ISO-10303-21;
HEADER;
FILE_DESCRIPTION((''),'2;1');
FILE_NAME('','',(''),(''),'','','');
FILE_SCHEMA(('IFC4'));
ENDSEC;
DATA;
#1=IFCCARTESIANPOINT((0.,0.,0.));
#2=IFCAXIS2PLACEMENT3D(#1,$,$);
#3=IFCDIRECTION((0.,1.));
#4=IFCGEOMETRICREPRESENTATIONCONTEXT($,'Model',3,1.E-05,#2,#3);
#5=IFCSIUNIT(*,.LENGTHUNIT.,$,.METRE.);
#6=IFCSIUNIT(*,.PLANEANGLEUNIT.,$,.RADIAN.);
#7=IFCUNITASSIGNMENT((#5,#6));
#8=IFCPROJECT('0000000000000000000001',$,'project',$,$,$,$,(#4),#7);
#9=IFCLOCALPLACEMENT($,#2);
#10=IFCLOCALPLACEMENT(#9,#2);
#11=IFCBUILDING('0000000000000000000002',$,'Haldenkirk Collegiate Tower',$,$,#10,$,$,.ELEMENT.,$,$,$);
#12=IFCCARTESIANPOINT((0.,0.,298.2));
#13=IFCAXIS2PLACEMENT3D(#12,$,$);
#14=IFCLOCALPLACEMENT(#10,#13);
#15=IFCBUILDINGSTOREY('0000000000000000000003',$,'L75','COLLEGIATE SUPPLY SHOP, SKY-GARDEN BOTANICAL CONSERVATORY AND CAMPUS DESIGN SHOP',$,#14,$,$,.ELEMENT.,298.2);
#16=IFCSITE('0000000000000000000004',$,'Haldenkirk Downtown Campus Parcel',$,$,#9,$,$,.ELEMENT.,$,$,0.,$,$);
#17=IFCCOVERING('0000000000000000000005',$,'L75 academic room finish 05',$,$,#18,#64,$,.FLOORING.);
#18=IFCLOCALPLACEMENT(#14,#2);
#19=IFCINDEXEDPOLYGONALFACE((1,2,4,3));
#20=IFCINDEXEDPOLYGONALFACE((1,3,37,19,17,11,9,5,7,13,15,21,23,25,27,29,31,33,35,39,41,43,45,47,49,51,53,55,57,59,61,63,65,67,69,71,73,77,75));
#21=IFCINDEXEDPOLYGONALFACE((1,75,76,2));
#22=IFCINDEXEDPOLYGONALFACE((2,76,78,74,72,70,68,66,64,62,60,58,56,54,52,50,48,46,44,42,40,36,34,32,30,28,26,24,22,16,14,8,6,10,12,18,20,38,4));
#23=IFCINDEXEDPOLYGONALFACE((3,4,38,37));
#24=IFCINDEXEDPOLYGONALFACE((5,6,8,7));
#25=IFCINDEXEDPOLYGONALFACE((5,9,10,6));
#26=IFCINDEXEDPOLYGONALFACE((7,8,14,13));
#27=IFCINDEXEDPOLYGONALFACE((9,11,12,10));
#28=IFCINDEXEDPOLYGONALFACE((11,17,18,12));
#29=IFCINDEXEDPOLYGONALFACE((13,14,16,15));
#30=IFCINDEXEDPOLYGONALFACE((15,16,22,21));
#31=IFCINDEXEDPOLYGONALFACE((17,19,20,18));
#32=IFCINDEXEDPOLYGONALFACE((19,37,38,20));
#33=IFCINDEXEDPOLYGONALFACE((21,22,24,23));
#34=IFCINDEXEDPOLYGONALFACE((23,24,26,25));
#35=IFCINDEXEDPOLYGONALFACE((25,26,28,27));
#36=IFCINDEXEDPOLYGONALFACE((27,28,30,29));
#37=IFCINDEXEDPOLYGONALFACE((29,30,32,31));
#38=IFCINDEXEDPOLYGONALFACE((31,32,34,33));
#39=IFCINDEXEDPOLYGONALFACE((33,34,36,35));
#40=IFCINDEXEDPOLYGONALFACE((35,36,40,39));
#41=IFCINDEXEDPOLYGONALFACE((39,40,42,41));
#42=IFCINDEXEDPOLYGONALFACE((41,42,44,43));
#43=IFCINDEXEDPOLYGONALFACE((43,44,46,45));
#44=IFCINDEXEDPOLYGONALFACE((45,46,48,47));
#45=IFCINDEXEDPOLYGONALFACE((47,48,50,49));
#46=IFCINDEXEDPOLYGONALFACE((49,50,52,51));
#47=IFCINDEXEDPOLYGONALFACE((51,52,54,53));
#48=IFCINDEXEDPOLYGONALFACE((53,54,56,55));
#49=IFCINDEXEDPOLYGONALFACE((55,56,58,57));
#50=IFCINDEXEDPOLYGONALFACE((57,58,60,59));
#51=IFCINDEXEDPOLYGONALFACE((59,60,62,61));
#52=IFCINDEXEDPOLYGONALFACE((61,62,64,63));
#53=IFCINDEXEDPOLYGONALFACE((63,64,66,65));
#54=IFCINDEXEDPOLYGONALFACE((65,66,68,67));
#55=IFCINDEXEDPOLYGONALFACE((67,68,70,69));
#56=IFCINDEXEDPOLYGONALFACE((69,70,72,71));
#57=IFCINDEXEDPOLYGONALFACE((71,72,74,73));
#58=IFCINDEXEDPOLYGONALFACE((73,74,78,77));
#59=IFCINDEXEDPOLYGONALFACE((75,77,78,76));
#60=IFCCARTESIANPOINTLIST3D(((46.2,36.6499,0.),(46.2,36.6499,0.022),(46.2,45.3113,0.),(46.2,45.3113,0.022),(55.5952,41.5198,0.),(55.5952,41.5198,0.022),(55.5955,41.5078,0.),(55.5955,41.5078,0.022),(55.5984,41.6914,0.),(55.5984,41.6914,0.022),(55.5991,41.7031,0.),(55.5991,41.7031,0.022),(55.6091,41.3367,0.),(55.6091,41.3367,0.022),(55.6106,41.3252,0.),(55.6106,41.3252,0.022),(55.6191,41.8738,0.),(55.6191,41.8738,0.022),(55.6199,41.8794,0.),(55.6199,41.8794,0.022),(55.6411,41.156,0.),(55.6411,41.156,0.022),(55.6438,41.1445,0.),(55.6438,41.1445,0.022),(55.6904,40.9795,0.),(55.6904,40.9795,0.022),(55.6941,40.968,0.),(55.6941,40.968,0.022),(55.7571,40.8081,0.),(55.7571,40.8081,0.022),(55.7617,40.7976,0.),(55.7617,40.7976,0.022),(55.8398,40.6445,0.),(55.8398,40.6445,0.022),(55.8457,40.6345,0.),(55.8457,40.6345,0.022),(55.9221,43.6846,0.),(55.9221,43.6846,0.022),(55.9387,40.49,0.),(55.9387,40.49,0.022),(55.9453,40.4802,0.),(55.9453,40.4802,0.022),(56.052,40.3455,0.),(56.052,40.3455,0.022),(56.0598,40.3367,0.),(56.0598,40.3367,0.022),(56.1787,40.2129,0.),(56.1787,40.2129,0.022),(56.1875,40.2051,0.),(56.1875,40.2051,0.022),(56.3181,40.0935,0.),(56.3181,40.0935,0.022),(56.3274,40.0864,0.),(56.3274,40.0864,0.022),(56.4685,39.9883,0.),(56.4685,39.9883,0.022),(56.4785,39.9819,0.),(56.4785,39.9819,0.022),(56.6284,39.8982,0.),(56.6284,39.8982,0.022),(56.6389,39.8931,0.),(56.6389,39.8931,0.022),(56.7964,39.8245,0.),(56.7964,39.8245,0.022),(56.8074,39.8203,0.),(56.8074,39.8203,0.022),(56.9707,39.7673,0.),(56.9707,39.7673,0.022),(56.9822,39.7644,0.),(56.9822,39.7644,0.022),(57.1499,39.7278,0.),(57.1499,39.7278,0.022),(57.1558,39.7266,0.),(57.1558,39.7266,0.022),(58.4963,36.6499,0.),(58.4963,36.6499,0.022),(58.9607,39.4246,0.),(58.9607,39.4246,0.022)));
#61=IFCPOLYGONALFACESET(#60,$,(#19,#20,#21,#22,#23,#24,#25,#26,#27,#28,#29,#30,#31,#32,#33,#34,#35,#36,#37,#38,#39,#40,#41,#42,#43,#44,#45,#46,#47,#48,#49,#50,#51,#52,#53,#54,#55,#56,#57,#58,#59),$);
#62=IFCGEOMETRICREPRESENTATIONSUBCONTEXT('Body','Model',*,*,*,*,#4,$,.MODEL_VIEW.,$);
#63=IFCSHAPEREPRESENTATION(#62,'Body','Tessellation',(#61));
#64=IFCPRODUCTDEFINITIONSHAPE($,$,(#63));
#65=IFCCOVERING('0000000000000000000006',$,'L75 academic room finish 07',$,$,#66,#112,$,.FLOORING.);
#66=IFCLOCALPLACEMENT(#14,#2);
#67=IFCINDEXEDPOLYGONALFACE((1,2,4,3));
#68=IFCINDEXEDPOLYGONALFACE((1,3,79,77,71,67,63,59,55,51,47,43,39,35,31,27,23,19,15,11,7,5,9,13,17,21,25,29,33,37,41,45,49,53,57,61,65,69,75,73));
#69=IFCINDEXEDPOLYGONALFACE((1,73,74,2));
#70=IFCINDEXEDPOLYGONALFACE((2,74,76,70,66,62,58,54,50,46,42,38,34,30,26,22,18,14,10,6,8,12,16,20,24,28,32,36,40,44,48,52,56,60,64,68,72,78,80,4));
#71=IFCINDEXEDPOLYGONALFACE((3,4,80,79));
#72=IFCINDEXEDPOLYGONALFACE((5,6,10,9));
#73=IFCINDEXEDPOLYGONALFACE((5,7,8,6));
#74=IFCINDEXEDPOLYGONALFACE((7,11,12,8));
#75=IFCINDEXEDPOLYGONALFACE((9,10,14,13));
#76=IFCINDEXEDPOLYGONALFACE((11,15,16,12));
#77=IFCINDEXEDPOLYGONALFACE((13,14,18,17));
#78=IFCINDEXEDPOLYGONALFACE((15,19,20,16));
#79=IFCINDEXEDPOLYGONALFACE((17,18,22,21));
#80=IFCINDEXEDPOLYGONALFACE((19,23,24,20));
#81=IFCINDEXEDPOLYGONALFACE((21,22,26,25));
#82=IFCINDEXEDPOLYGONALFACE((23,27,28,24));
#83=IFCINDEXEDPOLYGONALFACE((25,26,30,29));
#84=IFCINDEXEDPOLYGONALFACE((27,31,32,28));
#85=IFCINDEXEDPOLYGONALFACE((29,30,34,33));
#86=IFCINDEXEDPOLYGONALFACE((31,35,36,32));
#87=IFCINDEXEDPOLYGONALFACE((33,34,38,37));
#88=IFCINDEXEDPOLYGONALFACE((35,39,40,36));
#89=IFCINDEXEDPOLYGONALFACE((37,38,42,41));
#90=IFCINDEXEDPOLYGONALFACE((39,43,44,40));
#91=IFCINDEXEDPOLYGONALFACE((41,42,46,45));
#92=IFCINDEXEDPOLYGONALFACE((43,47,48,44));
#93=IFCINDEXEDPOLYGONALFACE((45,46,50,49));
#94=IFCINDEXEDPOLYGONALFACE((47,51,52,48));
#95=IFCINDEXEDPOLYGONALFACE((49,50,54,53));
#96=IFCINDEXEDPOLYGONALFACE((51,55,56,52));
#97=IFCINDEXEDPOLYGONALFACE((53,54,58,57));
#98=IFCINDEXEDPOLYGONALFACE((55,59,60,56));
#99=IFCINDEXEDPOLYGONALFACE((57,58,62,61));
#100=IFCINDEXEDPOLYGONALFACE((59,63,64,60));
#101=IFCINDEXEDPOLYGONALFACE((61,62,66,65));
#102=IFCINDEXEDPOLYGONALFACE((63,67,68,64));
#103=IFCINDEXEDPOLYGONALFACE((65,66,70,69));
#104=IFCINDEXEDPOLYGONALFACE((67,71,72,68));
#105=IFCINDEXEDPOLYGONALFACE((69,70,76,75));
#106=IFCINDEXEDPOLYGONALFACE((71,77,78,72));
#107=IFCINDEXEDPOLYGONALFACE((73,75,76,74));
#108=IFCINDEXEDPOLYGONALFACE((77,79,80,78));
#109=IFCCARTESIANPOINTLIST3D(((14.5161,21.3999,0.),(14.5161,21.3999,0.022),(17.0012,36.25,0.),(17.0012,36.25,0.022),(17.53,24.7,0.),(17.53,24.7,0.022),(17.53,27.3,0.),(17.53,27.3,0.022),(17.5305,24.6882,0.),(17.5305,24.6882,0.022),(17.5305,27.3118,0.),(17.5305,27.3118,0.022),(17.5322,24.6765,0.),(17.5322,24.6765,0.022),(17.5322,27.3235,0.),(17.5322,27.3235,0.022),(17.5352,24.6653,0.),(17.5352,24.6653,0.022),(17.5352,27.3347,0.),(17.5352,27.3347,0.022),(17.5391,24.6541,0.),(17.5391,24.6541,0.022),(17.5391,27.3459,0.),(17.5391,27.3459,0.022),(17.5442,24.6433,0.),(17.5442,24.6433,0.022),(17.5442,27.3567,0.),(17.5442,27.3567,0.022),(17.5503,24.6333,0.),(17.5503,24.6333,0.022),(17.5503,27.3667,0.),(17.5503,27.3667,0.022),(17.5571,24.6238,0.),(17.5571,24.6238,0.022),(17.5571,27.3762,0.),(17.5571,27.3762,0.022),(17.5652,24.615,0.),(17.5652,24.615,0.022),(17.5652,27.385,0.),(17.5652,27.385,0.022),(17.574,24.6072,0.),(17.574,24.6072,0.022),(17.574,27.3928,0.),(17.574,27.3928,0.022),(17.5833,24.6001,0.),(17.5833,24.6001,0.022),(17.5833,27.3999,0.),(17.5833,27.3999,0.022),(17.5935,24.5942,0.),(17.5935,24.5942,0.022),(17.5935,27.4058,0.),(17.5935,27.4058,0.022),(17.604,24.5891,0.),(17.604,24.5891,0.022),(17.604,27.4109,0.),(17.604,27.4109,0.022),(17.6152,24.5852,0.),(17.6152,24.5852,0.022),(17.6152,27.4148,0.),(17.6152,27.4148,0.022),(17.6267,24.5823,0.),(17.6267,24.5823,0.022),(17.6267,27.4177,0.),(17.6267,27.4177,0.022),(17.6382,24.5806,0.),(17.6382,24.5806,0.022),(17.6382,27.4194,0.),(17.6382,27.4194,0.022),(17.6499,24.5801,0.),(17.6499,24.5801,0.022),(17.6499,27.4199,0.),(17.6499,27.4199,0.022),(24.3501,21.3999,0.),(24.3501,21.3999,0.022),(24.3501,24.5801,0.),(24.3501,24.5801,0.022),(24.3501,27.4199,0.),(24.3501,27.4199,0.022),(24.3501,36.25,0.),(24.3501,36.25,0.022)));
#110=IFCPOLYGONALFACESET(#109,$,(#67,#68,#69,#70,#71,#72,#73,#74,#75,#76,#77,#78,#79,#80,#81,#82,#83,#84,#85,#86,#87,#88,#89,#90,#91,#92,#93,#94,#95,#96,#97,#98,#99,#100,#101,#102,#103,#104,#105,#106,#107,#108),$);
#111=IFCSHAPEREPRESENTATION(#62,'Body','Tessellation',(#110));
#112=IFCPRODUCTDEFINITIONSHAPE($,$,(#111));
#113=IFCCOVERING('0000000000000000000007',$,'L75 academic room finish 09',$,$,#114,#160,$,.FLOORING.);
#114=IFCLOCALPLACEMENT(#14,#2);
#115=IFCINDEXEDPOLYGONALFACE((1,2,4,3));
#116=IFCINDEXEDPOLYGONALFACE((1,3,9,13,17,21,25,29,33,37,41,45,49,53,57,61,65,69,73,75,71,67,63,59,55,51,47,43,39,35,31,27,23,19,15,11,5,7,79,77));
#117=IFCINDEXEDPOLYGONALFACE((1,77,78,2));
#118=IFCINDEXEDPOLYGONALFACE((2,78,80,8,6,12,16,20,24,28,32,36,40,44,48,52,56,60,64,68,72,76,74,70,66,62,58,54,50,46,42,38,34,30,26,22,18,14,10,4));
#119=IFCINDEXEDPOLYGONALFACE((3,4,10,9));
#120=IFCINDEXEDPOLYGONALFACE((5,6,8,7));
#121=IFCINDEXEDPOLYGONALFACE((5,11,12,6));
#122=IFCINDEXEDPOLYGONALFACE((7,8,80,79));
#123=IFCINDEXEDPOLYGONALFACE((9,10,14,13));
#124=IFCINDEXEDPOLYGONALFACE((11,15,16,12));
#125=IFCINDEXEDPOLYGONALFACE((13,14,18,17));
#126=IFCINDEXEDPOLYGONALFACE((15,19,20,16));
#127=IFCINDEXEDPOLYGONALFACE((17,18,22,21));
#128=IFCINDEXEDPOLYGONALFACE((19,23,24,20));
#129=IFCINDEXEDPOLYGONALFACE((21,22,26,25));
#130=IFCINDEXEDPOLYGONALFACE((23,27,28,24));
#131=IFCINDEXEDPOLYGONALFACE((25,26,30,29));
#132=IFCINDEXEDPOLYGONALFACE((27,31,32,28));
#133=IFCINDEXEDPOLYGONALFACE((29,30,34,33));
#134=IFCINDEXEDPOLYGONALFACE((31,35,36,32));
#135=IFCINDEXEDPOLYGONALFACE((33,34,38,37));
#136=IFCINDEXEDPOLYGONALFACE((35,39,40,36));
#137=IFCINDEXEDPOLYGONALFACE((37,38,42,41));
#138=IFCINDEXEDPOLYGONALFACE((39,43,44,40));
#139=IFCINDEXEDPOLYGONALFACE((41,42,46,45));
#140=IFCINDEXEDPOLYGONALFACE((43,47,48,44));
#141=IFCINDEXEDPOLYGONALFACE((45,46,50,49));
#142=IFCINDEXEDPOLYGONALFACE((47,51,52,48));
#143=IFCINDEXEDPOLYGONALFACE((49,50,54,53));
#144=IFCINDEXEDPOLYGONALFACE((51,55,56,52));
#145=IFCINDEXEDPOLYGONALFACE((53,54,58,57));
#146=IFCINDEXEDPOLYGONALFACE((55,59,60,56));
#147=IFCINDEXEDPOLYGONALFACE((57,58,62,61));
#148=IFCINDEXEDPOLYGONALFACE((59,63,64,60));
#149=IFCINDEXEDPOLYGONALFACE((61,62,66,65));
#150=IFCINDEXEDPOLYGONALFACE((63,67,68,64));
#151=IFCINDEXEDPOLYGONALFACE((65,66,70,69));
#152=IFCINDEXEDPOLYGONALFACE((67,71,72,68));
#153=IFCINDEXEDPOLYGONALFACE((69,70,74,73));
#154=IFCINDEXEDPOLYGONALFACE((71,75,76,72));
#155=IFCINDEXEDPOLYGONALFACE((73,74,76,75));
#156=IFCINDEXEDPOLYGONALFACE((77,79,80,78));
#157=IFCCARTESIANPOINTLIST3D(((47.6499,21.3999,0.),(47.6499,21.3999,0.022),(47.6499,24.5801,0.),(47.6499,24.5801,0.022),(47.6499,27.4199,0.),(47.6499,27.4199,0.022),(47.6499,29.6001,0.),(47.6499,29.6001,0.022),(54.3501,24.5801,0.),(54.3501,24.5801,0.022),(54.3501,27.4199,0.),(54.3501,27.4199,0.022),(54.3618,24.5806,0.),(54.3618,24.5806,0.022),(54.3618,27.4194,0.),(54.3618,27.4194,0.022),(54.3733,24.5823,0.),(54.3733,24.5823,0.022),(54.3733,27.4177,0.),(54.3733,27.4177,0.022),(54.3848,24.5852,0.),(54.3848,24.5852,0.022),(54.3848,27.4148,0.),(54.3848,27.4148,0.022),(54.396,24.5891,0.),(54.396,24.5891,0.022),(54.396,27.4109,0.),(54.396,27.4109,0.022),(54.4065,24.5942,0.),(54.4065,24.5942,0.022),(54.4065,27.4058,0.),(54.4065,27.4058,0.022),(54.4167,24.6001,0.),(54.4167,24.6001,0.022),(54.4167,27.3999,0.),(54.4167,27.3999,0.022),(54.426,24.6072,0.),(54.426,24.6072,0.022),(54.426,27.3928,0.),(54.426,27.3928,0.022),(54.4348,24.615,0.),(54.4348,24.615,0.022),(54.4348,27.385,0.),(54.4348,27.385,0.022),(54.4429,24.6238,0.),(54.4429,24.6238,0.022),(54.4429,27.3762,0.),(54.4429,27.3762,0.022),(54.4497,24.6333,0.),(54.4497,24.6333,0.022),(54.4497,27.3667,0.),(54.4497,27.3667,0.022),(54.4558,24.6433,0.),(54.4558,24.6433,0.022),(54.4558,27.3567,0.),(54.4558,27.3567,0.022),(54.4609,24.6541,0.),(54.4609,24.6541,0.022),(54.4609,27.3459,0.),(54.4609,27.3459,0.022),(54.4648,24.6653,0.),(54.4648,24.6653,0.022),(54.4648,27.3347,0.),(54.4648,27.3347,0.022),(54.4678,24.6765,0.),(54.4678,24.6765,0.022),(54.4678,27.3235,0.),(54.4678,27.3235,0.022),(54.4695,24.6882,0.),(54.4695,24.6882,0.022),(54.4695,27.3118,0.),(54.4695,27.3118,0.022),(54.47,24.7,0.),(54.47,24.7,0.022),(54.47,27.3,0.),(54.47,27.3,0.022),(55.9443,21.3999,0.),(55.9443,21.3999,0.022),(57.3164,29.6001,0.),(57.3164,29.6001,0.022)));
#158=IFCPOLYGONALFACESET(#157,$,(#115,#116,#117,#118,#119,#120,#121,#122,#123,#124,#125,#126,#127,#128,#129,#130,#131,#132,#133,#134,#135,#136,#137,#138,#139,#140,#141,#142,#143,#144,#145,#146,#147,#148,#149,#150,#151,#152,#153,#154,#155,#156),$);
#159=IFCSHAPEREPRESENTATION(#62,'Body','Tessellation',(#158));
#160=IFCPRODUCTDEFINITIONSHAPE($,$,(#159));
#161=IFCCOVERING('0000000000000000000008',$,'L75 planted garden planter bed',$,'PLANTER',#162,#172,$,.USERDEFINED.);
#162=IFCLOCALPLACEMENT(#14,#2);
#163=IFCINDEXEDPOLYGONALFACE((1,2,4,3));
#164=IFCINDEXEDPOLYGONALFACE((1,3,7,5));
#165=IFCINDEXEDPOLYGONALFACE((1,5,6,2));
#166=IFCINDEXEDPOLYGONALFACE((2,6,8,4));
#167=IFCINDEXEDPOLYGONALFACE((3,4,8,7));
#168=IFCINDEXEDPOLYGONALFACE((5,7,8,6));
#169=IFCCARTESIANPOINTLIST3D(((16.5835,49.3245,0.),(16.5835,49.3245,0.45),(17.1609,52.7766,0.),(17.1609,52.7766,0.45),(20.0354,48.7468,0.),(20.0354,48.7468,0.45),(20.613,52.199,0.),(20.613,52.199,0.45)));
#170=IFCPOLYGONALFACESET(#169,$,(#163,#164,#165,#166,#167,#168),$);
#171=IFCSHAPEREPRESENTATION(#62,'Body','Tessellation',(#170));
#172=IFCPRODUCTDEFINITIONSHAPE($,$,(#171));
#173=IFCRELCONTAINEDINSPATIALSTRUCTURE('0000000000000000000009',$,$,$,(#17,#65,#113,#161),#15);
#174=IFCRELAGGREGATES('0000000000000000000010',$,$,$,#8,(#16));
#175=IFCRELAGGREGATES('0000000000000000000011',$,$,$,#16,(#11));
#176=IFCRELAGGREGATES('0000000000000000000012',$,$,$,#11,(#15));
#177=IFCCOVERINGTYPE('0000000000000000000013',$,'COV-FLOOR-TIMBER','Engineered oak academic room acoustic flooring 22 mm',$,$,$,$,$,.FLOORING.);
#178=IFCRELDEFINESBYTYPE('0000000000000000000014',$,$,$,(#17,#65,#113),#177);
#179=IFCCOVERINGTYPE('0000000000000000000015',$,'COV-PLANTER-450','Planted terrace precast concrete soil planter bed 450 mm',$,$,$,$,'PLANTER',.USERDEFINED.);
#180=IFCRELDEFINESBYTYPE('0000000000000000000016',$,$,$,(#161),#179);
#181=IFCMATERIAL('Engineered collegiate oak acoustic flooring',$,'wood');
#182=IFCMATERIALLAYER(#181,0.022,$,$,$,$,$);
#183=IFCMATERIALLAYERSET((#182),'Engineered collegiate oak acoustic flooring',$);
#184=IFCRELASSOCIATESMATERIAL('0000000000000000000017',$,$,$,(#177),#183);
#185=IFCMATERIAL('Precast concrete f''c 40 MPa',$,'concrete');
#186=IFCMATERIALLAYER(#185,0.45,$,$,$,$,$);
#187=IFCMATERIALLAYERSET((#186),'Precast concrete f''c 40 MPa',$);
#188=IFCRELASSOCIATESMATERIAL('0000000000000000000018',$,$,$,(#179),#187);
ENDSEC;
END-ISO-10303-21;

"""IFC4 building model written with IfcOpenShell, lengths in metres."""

from ifc_helpers import new_model, si_unit, direction, frame, origin, place, context, subcontext, project, spatial, polyline, outline, extrude, material, layer, layer_set, type_object, element, save


model = new_model("IFC4")

# Units and contexts
model_context = context("Model", 3, precision=1e-05, world=origin(), true_north=direction((0.0, 1.0)))
body_context = subcontext(model_context, "Body", "Model", "MODEL_VIEW")
ifc_project = project(units=[si_unit("LENGTHUNIT", "METRE"), si_unit("PLANEANGLEUNIT", "RADIAN")], contexts=[model_context])

# Site, building, storey
site_placement = place(None, origin())
site = spatial("IfcSite", under=ifc_project, at=site_placement, Name="Haldenkirk Downtown Campus Parcel", CompositionType="ELEMENT", RefElevation=0.0)
building_placement = place(site_placement, origin())
building = spatial("IfcBuilding", under=site, at=building_placement, Name="Haldenkirk Collegiate Tower", CompositionType="ELEMENT")
storey_placement = place(building_placement, frame((0.0, 0.0, 298.2)))
storey = spatial("IfcBuildingStorey", under=building, at=storey_placement, Name="L75", Description="COLLEGIATE SUPPLY SHOP, SKY-GARDEN BOTANICAL CONSERVATORY AND CAMPUS DESIGN SHOP", CompositionType="ELEMENT", Elevation=298.2)

# Shared definitions
ifc_material_1 = material(Name="Precast concrete f'c 40 MPa", Category="concrete")

# Coverings
ifc_material_2 = material(Name="Engineered collegiate oak acoustic flooring", Category="wood")
ifc_layer_1 = layer(ifc_material_2, 0.022)
ifc_layer_set_1 = layer_set([ifc_layer_1], Name="Engineered collegiate oak acoustic flooring")
covering_type_1 = type_object("IfcCoveringType", Name="COV-FLOOR-TIMBER", Description="Engineered oak academic room acoustic flooring 22 mm", PredefinedType="FLOORING", material=ifc_layer_set_1)
covering_1_placement = place(storey_placement, origin())
element("IfcCovering", 1, at=covering_1_placement, inside=storey, type_object=covering_type_1, Name="L75 academic room finish 05", PredefinedType="FLOORING", context=body_context, shape_type="SweptSolid", body=[
    extrude(outline(polyline([(55.9221, 43.6846), (55.6199, 41.8794), (55.6191, 41.8738), (55.5991, 41.7031), (55.5984, 41.6914), (55.5952, 41.5198), (55.5955, 41.5078), (55.6091, 41.3367), (55.6106, 41.3252), (55.6411, 41.156), (55.6438, 41.1445), (55.6904, 40.9795), (55.6941, 40.968), (55.7571, 40.8081), (55.7617, 40.7976), (55.8398, 40.6445), (55.8457, 40.6345), (55.9387, 40.49), (55.9453, 40.4802), (56.052, 40.3455), (56.0598, 40.3367), (56.1787, 40.2129), (56.1875, 40.2051), (56.3181, 40.0935), (56.3274, 40.0864), (56.4685, 39.9883), (56.4785, 39.9819), (56.6284, 39.8982), (56.6389, 39.8931), (56.7964, 39.8245), (56.8074, 39.8203), (56.9707, 39.7673), (56.9822, 39.7644), (57.1499, 39.7278), (57.1558, 39.7266), (58.9607, 39.4246), (58.4963, 36.6499), (46.2, 36.6499), (46.2, 45.3113), (55.9221, 43.6846)])), origin(), (0.0, 0.0, 1.0), 0.022),
])
covering_2_placement = place(storey_placement, origin())
element("IfcCovering", 2, at=covering_2_placement, inside=storey, type_object=covering_type_1, Name="L75 academic room finish 07", PredefinedType="FLOORING", context=body_context, shape_type="SweptSolid", body=[
    extrude(outline(polyline([(17.6499, 27.4199), (17.6382, 27.4194), (17.6267, 27.4177), (17.6152, 27.4148), (17.604, 27.4109), (17.5935, 27.4058), (17.5833, 27.3999), (17.574, 27.3928), (17.5652, 27.385), (17.5571, 27.3762), (17.5503, 27.3667), (17.5442, 27.3567), (17.5391, 27.3459), (17.5352, 27.3347), (17.5322, 27.3235), (17.5305, 27.3118), (17.53, 27.3), (17.53, 24.7), (17.5305, 24.6882), (17.5322, 24.6765), (17.5352, 24.6653), (17.5391, 24.6541), (17.5442, 24.6433), (17.5503, 24.6333), (17.5571, 24.6238), (17.5652, 24.615), (17.574, 24.6072), (17.5833, 24.6001), (17.5935, 24.5942), (17.604, 24.5891), (17.6152, 24.5852), (17.6267, 24.5823), (17.6382, 24.5806), (17.6499, 24.5801), (24.3501, 24.5801), (24.3501, 21.3999), (14.5161, 21.3999), (17.0012, 36.25), (24.3501, 36.25), (24.3501, 27.4199), (17.6499, 27.4199)])), origin(), (0.0, 0.0, 1.0), 0.022),
])
covering_3_placement = place(storey_placement, origin())
element("IfcCovering", 3, at=covering_3_placement, inside=storey, type_object=covering_type_1, Name="L75 academic room finish 09", PredefinedType="FLOORING", context=body_context, shape_type="SweptSolid", body=[
    extrude(outline(polyline([(54.3501, 24.5801), (54.3618, 24.5806), (54.3733, 24.5823), (54.3848, 24.5852), (54.396, 24.5891), (54.4065, 24.5942), (54.4167, 24.6001), (54.426, 24.6072), (54.4348, 24.615), (54.4429, 24.6238), (54.4497, 24.6333), (54.4558, 24.6433), (54.4609, 24.6541), (54.4648, 24.6653), (54.4678, 24.6765), (54.4695, 24.6882), (54.47, 24.7), (54.47, 27.3), (54.4695, 27.3118), (54.4678, 27.3235), (54.4648, 27.3347), (54.4609, 27.3459), (54.4558, 27.3567), (54.4497, 27.3667), (54.4429, 27.3762), (54.4348, 27.385), (54.426, 27.3928), (54.4167, 27.3999), (54.4065, 27.4058), (54.396, 27.4109), (54.3848, 27.4148), (54.3733, 27.4177), (54.3618, 27.4194), (54.3501, 27.4199), (47.6499, 27.4199), (47.6499, 29.6001), (57.3164, 29.6001), (55.9443, 21.3999), (47.6499, 21.3999), (47.6499, 24.5801), (54.3501, 24.5801)])), origin(), (0.0, 0.0, 1.0), 0.022),
])
ifc_layer_2 = layer(ifc_material_1, 0.45)
ifc_layer_set_2 = layer_set([ifc_layer_2], Name="Precast concrete f'c 40 MPa")
covering_type_2 = type_object("IfcCoveringType", Name="COV-PLANTER-450", Description="Planted terrace precast concrete soil planter bed 450 mm", ElementType="PLANTER", PredefinedType="USERDEFINED", material=ifc_layer_set_2)
covering_4_placement = place(storey_placement, origin())
element("IfcCovering", 4, at=covering_4_placement, inside=storey, type_object=covering_type_2, Name="L75 planted garden planter bed", ObjectType="PLANTER", PredefinedType="USERDEFINED", context=body_context, shape_type="SweptSolid", body=[
    extrude(outline(polyline([(20.0354, 48.7468), (16.5835, 49.3245), (17.1609, 52.7766), (20.613, 52.199), (20.0354, 48.7468)])), origin(), (0.0, 0.0, 1.0), 0.45),
])

save(model, "model.ifc")
